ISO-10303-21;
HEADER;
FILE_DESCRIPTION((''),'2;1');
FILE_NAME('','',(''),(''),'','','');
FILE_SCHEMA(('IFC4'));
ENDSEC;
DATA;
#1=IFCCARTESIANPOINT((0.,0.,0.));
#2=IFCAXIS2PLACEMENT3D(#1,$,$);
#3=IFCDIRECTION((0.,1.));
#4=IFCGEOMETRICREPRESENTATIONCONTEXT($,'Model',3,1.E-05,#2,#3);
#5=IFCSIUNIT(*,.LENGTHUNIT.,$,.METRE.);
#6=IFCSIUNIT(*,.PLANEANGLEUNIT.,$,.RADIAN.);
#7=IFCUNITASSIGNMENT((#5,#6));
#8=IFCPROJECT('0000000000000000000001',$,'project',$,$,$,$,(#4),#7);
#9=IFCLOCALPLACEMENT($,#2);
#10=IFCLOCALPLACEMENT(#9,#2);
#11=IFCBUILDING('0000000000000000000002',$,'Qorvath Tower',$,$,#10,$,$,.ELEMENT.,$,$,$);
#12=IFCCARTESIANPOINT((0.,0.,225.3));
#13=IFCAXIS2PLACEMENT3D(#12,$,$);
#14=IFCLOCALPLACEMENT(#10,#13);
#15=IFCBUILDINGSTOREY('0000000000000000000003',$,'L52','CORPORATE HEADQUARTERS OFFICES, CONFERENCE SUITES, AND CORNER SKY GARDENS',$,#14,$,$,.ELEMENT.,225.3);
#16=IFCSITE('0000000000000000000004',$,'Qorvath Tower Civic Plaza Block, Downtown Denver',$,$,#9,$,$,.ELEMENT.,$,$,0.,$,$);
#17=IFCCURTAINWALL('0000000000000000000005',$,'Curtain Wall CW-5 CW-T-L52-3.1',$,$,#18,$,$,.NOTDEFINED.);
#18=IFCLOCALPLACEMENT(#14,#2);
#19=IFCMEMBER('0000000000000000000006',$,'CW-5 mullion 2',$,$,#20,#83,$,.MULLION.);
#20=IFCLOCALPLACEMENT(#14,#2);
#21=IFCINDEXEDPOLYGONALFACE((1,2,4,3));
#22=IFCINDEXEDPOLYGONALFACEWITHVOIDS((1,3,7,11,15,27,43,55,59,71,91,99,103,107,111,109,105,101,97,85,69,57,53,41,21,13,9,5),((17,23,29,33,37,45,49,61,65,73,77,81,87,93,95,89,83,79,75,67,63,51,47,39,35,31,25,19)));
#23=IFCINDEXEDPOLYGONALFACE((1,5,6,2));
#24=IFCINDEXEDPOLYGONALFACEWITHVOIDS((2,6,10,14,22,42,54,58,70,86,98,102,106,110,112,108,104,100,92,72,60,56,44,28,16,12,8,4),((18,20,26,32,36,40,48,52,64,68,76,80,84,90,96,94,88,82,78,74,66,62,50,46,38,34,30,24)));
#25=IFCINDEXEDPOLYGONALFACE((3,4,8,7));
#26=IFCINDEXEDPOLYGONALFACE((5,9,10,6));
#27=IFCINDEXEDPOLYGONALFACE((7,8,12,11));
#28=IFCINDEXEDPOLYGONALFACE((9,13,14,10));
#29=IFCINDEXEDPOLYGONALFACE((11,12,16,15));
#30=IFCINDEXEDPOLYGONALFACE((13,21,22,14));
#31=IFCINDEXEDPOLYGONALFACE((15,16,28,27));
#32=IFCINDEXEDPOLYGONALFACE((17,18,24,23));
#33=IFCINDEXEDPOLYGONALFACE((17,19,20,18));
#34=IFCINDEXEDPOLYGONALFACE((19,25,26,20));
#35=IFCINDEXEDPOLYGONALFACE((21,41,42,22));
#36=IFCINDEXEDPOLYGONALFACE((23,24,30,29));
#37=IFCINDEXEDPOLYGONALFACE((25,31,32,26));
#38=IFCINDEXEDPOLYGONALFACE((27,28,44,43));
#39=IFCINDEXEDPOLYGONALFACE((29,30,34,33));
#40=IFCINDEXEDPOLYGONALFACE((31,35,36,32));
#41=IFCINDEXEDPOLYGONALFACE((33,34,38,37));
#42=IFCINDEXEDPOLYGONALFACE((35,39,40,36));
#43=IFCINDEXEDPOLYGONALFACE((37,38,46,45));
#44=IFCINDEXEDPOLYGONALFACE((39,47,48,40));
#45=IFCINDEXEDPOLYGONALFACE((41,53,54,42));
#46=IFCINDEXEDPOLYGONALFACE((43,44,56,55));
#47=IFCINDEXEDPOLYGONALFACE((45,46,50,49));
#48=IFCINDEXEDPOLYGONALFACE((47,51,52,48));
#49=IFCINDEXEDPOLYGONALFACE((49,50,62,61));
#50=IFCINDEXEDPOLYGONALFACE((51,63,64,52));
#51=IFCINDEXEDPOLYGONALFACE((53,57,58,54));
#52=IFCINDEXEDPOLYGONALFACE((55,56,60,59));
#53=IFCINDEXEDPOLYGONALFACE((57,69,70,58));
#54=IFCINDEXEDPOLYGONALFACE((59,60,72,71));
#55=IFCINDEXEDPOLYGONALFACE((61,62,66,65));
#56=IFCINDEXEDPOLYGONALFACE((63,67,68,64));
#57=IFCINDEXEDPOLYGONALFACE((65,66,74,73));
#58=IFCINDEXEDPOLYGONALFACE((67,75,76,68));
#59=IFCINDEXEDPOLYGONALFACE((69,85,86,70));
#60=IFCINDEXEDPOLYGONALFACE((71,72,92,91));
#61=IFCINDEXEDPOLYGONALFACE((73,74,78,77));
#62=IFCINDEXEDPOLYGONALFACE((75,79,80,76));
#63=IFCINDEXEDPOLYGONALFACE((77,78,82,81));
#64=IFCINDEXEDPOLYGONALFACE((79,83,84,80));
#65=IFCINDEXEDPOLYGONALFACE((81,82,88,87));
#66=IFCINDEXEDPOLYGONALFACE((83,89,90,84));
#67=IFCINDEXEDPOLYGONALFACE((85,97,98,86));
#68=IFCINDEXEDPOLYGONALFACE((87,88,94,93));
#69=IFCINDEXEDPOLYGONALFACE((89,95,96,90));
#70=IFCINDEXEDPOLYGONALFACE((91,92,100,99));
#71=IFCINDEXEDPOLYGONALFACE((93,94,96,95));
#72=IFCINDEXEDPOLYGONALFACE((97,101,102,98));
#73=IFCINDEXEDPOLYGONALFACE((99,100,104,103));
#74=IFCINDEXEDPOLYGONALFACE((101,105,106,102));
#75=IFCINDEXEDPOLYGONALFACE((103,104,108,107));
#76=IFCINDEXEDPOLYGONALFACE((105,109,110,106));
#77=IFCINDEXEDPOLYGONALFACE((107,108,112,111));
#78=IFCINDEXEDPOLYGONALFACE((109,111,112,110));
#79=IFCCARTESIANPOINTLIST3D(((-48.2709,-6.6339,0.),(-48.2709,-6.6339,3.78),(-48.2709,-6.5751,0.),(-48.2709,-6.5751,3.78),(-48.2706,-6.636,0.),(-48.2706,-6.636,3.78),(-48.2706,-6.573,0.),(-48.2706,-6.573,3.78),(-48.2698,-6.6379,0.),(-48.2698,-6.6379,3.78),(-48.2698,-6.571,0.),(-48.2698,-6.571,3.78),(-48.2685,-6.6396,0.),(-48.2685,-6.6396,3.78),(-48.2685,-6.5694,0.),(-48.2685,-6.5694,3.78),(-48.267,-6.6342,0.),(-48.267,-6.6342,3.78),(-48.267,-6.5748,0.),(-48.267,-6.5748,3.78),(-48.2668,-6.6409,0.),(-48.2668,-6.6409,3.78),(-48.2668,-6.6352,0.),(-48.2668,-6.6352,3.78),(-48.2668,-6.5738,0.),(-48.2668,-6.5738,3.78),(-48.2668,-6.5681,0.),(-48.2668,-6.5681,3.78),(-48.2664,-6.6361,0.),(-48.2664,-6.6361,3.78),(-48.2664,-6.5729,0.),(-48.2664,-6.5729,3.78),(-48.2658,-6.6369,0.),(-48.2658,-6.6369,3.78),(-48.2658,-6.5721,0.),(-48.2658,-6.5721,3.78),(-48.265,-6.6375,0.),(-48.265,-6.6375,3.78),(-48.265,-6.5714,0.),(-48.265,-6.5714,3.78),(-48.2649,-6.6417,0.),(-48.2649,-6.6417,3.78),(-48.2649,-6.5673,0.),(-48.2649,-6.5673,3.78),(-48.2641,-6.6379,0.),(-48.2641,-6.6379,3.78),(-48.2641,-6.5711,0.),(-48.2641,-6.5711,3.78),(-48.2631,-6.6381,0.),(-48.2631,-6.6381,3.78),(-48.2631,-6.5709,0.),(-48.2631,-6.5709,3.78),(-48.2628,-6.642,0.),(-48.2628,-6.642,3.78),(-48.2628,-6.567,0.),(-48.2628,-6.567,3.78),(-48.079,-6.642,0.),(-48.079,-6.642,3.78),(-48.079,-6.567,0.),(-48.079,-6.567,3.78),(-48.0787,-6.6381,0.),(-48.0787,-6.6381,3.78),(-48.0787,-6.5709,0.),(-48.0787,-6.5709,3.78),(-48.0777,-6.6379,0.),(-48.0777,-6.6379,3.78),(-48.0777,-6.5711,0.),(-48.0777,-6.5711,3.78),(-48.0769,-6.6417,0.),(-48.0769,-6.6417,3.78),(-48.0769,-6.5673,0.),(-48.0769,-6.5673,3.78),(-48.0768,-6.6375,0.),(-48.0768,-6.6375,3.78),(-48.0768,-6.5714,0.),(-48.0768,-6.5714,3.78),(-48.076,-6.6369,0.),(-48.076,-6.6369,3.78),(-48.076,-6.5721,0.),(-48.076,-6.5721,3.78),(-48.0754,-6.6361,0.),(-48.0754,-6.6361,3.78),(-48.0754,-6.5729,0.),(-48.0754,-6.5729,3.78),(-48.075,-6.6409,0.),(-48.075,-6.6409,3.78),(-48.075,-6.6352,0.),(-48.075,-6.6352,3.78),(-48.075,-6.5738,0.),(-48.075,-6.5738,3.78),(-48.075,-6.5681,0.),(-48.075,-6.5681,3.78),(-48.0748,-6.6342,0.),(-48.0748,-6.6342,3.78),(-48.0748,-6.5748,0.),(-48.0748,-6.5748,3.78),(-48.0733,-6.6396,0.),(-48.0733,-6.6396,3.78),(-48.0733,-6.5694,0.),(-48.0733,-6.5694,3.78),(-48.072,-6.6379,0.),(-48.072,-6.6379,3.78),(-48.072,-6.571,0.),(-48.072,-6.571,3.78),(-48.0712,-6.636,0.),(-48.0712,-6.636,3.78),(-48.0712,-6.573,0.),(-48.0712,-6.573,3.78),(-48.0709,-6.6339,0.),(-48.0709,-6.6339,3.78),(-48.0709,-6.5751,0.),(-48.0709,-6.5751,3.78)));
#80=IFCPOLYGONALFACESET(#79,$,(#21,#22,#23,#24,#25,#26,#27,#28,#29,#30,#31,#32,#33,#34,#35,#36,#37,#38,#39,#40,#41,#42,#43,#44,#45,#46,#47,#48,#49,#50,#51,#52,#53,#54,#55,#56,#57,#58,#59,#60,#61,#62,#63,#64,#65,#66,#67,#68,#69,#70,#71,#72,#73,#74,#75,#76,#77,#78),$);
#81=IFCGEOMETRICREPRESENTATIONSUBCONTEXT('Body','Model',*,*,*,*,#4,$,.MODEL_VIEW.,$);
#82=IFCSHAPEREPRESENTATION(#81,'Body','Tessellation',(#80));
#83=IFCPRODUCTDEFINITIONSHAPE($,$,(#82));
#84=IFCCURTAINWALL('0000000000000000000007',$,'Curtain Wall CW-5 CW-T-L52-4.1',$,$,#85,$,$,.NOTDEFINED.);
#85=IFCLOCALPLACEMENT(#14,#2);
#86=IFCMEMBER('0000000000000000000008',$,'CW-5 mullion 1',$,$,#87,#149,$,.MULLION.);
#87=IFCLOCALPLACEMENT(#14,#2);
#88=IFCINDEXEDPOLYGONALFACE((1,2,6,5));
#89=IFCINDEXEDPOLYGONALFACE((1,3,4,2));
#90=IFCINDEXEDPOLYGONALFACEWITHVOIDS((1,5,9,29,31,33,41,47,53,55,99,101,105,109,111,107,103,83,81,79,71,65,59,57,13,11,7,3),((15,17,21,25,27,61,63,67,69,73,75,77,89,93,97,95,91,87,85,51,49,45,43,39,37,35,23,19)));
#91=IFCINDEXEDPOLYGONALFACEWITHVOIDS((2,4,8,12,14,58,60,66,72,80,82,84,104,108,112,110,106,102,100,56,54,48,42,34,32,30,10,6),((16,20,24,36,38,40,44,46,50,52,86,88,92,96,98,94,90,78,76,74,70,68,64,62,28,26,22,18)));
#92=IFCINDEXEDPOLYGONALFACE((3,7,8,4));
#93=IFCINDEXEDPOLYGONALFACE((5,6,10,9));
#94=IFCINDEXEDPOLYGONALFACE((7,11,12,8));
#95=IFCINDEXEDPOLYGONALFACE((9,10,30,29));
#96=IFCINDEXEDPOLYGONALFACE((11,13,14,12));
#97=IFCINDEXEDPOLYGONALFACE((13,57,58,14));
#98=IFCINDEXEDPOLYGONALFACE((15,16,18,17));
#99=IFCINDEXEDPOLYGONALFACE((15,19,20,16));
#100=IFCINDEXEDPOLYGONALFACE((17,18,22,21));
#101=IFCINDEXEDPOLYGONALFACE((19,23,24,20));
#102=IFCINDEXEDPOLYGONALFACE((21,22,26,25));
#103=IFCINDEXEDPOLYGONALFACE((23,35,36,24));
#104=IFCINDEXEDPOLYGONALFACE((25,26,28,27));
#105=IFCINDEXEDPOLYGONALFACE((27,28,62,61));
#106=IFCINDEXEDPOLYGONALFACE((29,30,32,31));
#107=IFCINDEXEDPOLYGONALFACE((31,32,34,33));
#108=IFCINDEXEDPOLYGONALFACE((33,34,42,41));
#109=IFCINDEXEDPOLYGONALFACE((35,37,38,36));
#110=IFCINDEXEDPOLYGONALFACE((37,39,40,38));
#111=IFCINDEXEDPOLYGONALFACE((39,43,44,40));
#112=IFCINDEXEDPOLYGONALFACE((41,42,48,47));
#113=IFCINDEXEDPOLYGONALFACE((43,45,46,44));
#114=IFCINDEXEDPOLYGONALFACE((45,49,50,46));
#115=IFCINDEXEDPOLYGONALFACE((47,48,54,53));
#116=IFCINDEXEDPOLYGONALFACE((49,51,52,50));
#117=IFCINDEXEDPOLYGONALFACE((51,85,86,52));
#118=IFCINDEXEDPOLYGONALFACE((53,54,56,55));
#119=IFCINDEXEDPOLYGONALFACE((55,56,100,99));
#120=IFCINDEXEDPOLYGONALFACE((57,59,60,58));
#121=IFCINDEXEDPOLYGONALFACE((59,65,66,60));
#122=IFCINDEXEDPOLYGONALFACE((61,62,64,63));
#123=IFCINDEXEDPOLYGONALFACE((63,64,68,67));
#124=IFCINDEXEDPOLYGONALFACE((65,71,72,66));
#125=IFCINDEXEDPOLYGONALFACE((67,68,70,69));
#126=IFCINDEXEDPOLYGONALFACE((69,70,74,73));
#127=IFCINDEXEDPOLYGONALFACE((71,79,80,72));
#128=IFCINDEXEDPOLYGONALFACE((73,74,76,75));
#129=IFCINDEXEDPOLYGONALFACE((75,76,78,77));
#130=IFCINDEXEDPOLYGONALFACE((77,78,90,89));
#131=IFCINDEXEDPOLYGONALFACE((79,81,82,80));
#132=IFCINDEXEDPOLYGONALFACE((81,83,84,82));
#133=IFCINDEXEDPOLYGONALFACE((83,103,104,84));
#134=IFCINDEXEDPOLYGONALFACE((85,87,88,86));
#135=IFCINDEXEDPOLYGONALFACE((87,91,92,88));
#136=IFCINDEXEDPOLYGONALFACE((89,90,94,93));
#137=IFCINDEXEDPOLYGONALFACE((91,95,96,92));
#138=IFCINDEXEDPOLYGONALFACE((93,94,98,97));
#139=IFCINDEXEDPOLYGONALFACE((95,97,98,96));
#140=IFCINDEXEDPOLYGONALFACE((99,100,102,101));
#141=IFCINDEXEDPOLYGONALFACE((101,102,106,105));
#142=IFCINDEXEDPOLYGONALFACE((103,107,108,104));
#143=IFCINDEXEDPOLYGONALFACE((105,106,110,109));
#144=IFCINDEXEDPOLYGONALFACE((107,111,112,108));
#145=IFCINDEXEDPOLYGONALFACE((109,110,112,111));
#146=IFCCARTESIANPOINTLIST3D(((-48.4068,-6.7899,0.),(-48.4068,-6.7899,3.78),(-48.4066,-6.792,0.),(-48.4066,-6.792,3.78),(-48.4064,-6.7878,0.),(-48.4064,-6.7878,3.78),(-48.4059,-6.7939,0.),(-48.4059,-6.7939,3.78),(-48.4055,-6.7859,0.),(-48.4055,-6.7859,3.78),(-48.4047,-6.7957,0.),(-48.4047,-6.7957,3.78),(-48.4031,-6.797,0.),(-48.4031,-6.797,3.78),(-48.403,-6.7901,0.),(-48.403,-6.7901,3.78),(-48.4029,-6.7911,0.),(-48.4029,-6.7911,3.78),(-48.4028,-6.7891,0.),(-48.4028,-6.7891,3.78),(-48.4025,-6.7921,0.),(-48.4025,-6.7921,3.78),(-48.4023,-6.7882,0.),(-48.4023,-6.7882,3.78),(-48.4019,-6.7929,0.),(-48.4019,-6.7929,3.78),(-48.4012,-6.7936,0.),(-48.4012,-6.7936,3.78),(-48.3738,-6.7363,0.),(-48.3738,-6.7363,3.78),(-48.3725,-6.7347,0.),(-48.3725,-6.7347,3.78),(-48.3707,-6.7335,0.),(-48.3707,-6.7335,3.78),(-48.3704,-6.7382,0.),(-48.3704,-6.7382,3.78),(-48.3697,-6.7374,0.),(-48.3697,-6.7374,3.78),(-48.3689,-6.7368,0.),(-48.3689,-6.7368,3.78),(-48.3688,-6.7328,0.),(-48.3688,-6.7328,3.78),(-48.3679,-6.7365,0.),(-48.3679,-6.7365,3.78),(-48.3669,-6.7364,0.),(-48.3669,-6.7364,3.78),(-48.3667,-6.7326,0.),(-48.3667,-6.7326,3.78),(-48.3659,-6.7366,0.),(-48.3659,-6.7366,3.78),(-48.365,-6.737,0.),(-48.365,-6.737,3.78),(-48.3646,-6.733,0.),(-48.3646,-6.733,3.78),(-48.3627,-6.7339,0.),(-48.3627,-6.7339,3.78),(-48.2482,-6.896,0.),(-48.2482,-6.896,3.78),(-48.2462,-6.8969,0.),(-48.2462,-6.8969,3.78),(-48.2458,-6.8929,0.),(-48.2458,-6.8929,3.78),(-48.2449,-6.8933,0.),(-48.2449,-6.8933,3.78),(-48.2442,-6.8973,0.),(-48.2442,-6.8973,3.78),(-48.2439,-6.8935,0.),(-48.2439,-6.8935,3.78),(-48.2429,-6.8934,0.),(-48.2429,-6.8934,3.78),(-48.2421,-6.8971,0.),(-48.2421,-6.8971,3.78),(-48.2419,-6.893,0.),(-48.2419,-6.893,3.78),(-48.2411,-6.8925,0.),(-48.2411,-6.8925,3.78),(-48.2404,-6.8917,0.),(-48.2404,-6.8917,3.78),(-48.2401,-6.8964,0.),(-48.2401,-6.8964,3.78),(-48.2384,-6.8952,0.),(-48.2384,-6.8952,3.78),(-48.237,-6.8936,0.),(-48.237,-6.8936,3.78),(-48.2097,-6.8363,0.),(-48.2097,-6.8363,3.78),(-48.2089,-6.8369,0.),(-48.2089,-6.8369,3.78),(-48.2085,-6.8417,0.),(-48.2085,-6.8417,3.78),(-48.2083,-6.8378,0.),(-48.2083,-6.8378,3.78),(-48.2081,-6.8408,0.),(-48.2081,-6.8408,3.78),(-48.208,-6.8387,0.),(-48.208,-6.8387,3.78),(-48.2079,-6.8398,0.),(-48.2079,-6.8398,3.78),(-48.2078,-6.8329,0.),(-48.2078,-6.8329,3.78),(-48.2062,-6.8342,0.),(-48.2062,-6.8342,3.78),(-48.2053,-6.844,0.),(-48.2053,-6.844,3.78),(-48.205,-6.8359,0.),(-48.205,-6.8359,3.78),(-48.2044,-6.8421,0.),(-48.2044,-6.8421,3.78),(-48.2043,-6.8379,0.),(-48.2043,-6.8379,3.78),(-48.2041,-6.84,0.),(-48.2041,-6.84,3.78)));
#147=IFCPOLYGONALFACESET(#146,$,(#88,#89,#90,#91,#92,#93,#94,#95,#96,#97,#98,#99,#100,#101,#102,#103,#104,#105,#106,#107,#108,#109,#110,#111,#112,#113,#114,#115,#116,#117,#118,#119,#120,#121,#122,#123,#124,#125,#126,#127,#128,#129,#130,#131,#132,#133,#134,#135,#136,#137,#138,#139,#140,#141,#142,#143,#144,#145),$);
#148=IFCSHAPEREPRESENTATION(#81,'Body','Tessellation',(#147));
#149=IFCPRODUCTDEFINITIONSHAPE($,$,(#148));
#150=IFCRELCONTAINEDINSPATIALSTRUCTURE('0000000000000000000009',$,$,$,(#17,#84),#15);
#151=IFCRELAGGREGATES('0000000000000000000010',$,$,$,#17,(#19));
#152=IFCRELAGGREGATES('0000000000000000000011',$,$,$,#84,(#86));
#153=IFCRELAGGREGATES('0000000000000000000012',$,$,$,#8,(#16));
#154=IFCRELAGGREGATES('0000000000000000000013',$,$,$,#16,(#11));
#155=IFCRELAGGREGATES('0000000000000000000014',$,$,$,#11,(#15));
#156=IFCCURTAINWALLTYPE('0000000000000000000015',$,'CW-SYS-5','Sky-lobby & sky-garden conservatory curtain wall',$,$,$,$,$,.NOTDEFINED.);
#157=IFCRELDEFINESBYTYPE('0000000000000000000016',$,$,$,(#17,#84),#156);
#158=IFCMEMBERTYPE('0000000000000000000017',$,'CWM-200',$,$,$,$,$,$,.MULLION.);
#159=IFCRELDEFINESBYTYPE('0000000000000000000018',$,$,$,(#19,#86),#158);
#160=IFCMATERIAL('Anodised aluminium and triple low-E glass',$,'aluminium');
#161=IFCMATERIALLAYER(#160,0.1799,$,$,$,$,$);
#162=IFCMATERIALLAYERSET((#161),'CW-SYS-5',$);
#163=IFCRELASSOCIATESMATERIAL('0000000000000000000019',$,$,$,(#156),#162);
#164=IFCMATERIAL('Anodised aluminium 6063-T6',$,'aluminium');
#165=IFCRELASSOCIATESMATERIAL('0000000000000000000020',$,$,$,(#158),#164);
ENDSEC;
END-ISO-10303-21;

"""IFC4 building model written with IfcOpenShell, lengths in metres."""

from ifc_helpers import new_model, si_unit, direction, frame, origin, origin_2d, place, context, subcontext, project, spatial, hollow_rectangle, extrude, material, layer, layer_set, material_profile, profile_set, type_object, element, aggregate, save


model = new_model("IFC4")

# Units and contexts
model_context = context("Model", 3, precision=1e-05, world=origin(), true_north=direction((0.0, 1.0)))
body_context = subcontext(model_context, "Body", "Model", "MODEL_VIEW")
ifc_project = project(units=[si_unit("LENGTHUNIT", "METRE"), si_unit("PLANEANGLEUNIT", "RADIAN")], contexts=[model_context])

# Site, building, storey
site_placement = place(None, origin())
site = spatial("IfcSite", under=ifc_project, at=site_placement, Name="Qorvath Tower Civic Plaza Block, Downtown Denver", CompositionType="ELEMENT", RefElevation=0.0)
building_placement = place(site_placement, origin())
building = spatial("IfcBuilding", under=site, at=building_placement, Name="Qorvath Tower", CompositionType="ELEMENT")
storey_placement = place(building_placement, frame((0.0, 0.0, 225.3)))
storey = spatial("IfcBuildingStorey", under=building, at=storey_placement, Name="L52", Description="CORPORATE HEADQUARTERS OFFICES, CONFERENCE SUITES, AND CORNER SKY GARDENS", CompositionType="ELEMENT", Elevation=225.3)

# Shared definitions
ifc_material_1 = material(Name="Anodised aluminium and triple low-E glass", Category="aluminium")
ifc_layer_1 = layer(ifc_material_1, 0.1799)
ifc_layer_set_1 = layer_set([ifc_layer_1], Name="CW-SYS-5")
curtain_wall_type = type_object("IfcCurtainWallType", Name="CW-SYS-5", Description="Sky-lobby & sky-garden conservatory curtain wall", PredefinedType="NOTDEFINED", material=ifc_layer_set_1)
ifc_material_2 = material(Name="Anodised aluminium 6063-T6", Category="aluminium")
ifc_material_profile_1 = material_profile(ifc_material_2, hollow_rectangle(XDim=0.075, YDim=0.2, WallThickness=0.0039, InnerFilletRadius=0.0039, OuterFilletRadius=0.0081, at=origin_2d()), Name="CWM 200x75")
ifc_profile_set_1 = profile_set([ifc_material_profile_1], Name="Anodised aluminium 6063-T6")
member_type_1 = type_object("IfcMemberType", Name="CWM-200", PredefinedType="MULLION", material=ifc_profile_set_1)

# Curtain walls, members
curtain_wall_1_placement = place(storey_placement, origin())
curtain_wall_1 = element("IfcCurtainWall", 1, at=curtain_wall_1_placement, inside=storey, type_object=curtain_wall_type, Name="Curtain Wall CW-5 CW-T-L52-3.1", PredefinedType="NOTDEFINED")
member_1_placement = place(storey_placement, frame((-48.1709, -6.6045, 0.0), z_axis=(0.0, 0.0, 1.0), x_axis=(0.0, -1.0, 0.0)))
member_1 = element("IfcMember", 2, at=member_1_placement, type_object=member_type_1, Name="CW-5 mullion 2", PredefinedType="MULLION", context=body_context, shape_type="SweptSolid", body=[
    extrude(hollow_rectangle(XDim=0.075, YDim=0.2, WallThickness=0.0039, InnerFilletRadius=0.0039, OuterFilletRadius=0.0081, at=origin_2d()), origin(), (0.0, 0.0, 1.0), 3.78),
])
curtain_wall_2_placement = place(storey_placement, origin())
curtain_wall_2 = element("IfcCurtainWall", 3, at=curtain_wall_2_placement, inside=storey, type_object=curtain_wall_type, Name="Curtain Wall CW-5 CW-T-L52-4.1", PredefinedType="NOTDEFINED")
member_2_placement = place(storey_placement, frame((-48.3054, -6.8149, 0.0), z_axis=(0.0, 0.0, 1.0), x_axis=(0.538529, 0.842607, 0.0)))
member_2 = element("IfcMember", 4, at=member_2_placement, type_object=member_type_1, Name="CW-5 mullion 1", PredefinedType="MULLION", context=body_context, shape_type="SweptSolid", body=[
    extrude(hollow_rectangle(XDim=0.075, YDim=0.2, WallThickness=0.0039, InnerFilletRadius=0.0039, OuterFilletRadius=0.0081, at=origin_2d()), origin(), (0.0, 0.0, 1.0), 3.78),
])

aggregate(curtain_wall_1, [member_1])
aggregate(curtain_wall_2, [member_2])

save(model, "model.ifc")
